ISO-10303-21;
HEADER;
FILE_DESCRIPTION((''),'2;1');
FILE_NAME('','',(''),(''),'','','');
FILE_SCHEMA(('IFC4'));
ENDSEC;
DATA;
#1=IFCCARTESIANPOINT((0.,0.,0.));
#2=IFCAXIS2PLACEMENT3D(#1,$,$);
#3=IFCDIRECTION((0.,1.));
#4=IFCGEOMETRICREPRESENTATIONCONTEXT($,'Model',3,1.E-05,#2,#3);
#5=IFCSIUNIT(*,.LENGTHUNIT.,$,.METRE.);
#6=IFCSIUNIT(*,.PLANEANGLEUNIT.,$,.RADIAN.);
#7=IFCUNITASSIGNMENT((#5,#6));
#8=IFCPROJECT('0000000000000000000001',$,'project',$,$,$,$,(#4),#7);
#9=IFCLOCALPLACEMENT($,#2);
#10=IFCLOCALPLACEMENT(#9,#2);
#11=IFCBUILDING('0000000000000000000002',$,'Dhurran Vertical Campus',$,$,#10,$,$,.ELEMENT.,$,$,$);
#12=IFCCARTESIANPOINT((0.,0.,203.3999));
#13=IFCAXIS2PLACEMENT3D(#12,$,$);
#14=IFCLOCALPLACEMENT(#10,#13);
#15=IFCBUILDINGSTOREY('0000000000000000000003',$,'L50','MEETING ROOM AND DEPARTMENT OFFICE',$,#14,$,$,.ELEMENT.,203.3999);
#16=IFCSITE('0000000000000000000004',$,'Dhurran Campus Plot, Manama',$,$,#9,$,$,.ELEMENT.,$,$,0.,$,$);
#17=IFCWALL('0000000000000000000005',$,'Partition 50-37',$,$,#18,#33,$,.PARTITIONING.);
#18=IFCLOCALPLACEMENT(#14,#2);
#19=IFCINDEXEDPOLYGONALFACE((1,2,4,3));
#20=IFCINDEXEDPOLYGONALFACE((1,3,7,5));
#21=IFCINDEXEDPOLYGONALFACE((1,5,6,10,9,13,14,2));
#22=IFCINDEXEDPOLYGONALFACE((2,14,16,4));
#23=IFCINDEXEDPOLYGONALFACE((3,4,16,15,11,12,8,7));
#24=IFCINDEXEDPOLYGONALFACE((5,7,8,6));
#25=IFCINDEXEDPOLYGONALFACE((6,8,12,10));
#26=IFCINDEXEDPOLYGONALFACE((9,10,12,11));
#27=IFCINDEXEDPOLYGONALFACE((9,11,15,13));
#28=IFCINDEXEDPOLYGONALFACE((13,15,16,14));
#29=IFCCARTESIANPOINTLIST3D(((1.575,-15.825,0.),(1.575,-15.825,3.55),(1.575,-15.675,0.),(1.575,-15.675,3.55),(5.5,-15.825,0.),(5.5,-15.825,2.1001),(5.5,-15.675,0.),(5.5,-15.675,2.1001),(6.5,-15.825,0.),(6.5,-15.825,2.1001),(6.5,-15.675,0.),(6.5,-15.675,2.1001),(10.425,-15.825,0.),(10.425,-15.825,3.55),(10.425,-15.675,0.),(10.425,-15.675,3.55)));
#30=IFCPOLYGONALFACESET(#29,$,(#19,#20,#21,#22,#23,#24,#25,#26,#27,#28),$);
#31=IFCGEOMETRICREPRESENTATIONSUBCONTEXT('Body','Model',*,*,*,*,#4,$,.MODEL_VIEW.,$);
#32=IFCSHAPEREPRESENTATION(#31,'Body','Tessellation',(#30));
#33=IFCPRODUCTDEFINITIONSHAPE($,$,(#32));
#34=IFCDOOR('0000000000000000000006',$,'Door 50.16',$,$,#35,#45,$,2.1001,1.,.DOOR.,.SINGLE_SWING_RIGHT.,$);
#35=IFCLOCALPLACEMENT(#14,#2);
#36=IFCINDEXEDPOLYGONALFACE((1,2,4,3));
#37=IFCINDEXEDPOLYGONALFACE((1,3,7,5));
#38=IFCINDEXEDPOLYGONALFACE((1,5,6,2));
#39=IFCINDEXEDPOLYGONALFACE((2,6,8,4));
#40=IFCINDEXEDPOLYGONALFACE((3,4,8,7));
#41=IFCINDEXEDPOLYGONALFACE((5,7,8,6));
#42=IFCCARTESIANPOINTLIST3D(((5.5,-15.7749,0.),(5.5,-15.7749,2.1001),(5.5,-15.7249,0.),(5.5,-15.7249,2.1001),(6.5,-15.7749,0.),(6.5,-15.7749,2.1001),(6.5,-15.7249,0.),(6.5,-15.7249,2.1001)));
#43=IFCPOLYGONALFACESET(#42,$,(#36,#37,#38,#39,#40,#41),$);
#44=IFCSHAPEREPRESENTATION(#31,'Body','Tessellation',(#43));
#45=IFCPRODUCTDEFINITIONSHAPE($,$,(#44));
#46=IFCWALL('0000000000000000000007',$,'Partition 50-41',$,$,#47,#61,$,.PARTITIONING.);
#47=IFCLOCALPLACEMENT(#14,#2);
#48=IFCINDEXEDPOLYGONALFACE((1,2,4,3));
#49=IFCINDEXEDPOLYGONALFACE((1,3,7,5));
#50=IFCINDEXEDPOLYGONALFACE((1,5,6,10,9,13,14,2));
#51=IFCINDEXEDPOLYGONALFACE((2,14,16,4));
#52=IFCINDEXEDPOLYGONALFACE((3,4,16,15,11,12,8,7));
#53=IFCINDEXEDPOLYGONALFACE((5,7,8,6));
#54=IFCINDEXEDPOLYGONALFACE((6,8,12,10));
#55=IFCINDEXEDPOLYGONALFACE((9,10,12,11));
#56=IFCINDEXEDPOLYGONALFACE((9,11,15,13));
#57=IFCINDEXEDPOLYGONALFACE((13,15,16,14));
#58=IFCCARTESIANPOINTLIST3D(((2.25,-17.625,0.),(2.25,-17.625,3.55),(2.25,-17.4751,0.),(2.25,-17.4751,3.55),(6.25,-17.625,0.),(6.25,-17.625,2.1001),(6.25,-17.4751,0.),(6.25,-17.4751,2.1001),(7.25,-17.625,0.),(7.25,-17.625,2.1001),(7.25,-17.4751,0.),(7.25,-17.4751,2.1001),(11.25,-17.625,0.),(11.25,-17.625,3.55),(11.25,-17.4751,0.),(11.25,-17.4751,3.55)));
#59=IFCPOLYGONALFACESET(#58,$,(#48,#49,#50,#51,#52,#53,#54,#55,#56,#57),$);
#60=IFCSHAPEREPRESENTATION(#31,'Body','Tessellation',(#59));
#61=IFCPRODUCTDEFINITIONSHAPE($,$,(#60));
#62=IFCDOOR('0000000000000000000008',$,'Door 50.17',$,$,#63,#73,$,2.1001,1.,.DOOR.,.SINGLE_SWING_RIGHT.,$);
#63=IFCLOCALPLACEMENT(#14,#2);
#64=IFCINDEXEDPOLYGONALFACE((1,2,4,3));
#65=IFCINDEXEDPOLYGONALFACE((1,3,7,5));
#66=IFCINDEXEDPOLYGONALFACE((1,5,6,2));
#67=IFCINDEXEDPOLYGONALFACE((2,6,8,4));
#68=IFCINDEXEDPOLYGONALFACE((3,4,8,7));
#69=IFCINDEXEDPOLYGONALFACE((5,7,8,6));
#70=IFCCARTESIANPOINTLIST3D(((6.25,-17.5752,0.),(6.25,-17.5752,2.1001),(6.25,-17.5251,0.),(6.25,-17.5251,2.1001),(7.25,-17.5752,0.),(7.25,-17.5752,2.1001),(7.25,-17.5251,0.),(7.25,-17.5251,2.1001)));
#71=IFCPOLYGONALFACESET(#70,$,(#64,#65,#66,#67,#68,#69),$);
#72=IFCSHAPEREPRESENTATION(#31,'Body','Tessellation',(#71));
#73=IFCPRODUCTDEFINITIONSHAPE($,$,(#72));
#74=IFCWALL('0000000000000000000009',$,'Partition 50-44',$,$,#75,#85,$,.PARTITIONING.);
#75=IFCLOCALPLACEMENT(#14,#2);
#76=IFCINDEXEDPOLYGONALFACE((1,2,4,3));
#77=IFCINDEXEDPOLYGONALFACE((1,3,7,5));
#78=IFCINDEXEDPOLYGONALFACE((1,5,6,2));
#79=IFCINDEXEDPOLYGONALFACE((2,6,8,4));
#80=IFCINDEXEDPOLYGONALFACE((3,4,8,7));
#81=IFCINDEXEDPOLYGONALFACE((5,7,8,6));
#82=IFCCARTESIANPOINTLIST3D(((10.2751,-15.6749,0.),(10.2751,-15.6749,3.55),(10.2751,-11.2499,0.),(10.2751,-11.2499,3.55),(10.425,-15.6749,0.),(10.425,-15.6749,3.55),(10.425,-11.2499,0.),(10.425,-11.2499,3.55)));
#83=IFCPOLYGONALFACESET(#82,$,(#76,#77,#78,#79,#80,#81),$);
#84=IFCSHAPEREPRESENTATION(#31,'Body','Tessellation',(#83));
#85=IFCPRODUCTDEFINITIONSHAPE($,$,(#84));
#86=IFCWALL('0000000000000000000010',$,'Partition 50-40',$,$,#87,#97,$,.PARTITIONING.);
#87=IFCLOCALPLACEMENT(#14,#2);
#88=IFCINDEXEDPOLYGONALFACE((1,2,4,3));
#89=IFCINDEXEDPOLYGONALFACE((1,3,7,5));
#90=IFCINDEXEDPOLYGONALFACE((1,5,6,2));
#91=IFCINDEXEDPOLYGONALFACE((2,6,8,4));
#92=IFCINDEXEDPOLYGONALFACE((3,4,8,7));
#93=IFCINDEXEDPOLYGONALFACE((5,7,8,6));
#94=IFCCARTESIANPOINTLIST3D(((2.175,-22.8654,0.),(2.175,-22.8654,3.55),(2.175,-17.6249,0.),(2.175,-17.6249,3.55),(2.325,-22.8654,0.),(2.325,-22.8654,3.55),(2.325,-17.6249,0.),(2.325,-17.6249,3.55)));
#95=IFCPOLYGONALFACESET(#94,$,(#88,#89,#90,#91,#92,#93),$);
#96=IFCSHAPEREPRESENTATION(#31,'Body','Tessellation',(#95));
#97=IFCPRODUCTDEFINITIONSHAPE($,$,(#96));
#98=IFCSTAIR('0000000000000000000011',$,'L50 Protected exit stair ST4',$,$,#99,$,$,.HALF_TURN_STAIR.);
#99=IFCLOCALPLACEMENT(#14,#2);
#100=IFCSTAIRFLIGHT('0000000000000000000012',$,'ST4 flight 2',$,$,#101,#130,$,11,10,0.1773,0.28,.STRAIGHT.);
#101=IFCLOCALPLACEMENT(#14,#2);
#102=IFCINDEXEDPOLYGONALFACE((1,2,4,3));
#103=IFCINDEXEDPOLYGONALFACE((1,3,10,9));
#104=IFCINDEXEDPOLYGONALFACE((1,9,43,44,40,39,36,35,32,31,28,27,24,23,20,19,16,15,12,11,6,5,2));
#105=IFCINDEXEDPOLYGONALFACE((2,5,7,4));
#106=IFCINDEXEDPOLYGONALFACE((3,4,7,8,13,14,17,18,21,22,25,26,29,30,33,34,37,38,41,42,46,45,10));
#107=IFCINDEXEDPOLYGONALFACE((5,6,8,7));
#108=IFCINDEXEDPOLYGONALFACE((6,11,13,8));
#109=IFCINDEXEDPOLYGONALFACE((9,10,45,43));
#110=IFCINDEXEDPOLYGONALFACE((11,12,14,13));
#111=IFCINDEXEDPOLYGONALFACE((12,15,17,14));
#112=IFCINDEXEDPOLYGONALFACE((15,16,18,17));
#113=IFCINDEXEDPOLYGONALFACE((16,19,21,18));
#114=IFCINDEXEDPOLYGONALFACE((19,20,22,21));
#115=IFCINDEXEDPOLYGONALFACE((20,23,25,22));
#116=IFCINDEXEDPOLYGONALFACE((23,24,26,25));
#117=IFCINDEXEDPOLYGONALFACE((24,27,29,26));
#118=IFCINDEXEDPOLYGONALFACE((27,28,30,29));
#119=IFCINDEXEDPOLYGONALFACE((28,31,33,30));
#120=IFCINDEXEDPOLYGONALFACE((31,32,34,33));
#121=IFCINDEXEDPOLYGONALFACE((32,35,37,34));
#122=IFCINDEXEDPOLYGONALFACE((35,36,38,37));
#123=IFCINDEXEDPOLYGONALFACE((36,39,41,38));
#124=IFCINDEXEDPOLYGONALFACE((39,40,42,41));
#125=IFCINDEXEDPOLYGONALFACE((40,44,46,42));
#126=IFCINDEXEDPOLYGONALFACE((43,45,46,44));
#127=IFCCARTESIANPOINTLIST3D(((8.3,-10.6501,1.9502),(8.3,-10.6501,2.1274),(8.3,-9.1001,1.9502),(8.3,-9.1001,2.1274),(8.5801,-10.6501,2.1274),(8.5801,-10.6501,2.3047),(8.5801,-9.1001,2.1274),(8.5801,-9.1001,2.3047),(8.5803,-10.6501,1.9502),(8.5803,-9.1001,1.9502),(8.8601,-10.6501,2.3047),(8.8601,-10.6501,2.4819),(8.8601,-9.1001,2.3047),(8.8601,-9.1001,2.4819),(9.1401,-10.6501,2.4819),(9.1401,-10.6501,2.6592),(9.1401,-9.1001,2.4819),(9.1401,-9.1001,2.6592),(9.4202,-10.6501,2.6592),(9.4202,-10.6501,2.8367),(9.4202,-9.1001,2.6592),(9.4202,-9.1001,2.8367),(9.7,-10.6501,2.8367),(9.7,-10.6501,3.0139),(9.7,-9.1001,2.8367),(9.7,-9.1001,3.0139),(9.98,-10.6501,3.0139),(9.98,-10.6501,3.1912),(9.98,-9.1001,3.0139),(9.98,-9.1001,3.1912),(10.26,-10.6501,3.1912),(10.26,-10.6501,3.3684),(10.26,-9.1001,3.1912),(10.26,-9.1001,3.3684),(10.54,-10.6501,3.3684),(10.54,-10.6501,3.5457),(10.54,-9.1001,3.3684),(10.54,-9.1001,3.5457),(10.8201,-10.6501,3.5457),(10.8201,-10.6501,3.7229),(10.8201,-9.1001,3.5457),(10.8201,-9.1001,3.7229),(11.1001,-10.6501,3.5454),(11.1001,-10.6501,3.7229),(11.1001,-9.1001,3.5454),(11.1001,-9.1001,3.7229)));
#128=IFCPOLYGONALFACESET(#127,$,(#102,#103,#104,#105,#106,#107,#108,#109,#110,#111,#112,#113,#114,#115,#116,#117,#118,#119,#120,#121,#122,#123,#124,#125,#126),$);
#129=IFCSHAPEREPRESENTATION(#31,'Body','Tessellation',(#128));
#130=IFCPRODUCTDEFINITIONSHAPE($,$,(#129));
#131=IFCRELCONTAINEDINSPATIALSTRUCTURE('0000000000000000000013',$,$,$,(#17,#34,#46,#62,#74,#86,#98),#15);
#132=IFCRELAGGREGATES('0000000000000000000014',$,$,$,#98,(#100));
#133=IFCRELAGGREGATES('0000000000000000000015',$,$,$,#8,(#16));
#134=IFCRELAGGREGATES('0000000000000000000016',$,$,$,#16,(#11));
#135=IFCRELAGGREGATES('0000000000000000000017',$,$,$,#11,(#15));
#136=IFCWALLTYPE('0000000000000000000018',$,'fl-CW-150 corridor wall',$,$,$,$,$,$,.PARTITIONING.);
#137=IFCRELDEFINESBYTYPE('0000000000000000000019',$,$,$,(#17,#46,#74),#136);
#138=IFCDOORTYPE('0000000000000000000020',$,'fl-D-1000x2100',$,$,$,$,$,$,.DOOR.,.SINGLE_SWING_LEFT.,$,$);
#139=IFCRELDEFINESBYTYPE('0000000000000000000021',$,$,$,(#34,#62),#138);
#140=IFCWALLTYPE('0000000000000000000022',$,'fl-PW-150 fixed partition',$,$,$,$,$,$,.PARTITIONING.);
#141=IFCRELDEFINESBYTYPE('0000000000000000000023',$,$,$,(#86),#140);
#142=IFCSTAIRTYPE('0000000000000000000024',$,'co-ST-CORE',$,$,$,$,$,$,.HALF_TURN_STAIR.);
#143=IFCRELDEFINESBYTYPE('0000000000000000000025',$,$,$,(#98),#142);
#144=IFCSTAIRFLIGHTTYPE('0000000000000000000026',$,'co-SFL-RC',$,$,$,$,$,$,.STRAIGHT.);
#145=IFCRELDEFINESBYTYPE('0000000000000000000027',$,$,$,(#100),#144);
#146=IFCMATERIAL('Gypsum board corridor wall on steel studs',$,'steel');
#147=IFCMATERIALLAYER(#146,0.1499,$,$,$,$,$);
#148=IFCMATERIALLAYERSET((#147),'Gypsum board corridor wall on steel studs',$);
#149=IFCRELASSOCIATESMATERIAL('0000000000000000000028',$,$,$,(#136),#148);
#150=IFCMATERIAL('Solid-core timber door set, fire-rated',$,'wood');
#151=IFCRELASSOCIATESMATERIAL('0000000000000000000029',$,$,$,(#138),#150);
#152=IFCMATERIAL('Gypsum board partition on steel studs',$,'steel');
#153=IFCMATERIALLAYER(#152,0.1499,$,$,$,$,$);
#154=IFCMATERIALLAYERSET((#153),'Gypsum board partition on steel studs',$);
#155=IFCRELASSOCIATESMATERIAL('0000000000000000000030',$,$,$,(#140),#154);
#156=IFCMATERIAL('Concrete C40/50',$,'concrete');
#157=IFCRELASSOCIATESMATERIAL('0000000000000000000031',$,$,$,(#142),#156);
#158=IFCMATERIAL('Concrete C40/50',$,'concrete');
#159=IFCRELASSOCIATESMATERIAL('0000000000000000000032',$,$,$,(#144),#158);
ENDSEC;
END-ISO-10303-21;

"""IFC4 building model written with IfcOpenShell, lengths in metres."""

from ifc_helpers import new_model, si_unit, direction, frame, frame_2d, origin, place, context, subcontext, project, spatial, polyline, rectangle, outline, extrude, material, layer, layer_set, type_object, element, fill, aggregate, save


model = new_model("IFC4")

# Units and contexts
model_context = context("Model", 3, precision=1e-05, world=origin(), true_north=direction((0.0, 1.0)))
body_context = subcontext(model_context, "Body", "Model", "MODEL_VIEW")
ifc_project = project(units=[si_unit("LENGTHUNIT", "METRE"), si_unit("PLANEANGLEUNIT", "RADIAN")], contexts=[model_context])

# Site, building, storey
site_placement = place(None, origin())
site = spatial("IfcSite", under=ifc_project, at=site_placement, Name="Dhurran Campus Plot, Manama", CompositionType="ELEMENT", RefElevation=0.0)
building_placement = place(site_placement, origin())
building = spatial("IfcBuilding", under=site, at=building_placement, Name="Dhurran Vertical Campus", CompositionType="ELEMENT")
storey_placement = place(building_placement, frame((0.0, 0.0, 203.3999)))
storey = spatial("IfcBuildingStorey", under=building, at=storey_placement, Name="L50", Description="MEETING ROOM AND DEPARTMENT OFFICE", CompositionType="ELEMENT", Elevation=203.3999)

# Shared definitions
ifc_material_1 = material(Name="Gypsum board corridor wall on steel studs", Category="steel")
ifc_layer_1 = layer(ifc_material_1, 0.1499)
ifc_layer_set_1 = layer_set([ifc_layer_1], Name="Gypsum board corridor wall on steel studs")
wall_type_1 = type_object("IfcWallType", Name="fl-CW-150 corridor wall", PredefinedType="PARTITIONING", material=ifc_layer_set_1)

# Walls, openings, doors
wall_1_placement = place(storey_placement, frame((10.425, -15.75, 0.0), z_axis=(0.0, 0.0, 1.0), x_axis=(-1.0, 0.0, 0.0)))
wall_1 = element("IfcWall", 1, at=wall_1_placement, inside=storey, type_object=wall_type_1, Name="Partition 50-37", PredefinedType="PARTITIONING", context=body_context, shape_type="SweptSolid", body=[
    extrude(rectangle(XDim=8.8501, YDim=0.1499, at=frame_2d((4.425, 0.0))), origin(), (0.0, 0.0, 1.0), 3.55),
])
opening_1_placement = place(wall_1_placement, frame((3.925, 0.0, 0.0)))
opening_1 = element("IfcOpeningElement", 2, at=opening_1_placement, cuts=wall_1, PredefinedType="OPENING", context=body_context, shape_type="SweptSolid", body=[
    extrude(rectangle(XDim=1.0, YDim=2.1001, at=frame_2d((0.5, 1.05))), frame((0.0, 0.085, 0.0), z_axis=(0.0, -1.0, 0.0), x_axis=(1.0, 0.0, 0.0)), (0.0, 0.0, 1.0), 0.1699),
])
ifc_material_2 = material(Name="Solid-core timber door set, fire-rated", Category="wood")
door_type_1 = type_object("IfcDoorType", Name="fl-D-1000x2100", OperationType="SINGLE_SWING_LEFT", PredefinedType="DOOR", material=ifc_material_2)
door_1_placement = place(opening_1_placement, origin())
door_1 = element("IfcDoor", 3, at=door_1_placement, inside=storey, type_object=door_type_1, Name="Door 50.16", OperationType="SINGLE_SWING_RIGHT", OverallHeight=2.1001, OverallWidth=1.0, PredefinedType="DOOR", context=body_context, shape_type="SweptSolid", body=[
    extrude(rectangle(XDim=1.0, YDim=2.1001, at=frame_2d((0.5, 1.05))), frame((0.0, 0.0249, 0.0), z_axis=(0.0, -1.0, 0.0), x_axis=(1.0, 0.0, 0.0)), (0.0, 0.0, 1.0), 0.05),
])
fill(opening_1, door_1)
wall_2_placement = place(storey_placement, frame((2.25, -17.55, 0.0), z_axis=(0.0, 0.0, 1.0), x_axis=(1.0, 0.0, 0.0)))
wall_2 = element("IfcWall", 4, at=wall_2_placement, inside=storey, type_object=wall_type_1, Name="Partition 50-41", PredefinedType="PARTITIONING", context=body_context, shape_type="SweptSolid", body=[
    extrude(rectangle(XDim=9.0, YDim=0.1499, at=frame_2d((4.5, 0.0))), origin(), (0.0, 0.0, 1.0), 3.55),
])
opening_2_placement = place(wall_2_placement, frame((4.0, 0.0, 0.0)))
opening_2 = element("IfcOpeningElement", 5, at=opening_2_placement, cuts=wall_2, PredefinedType="OPENING", context=body_context, shape_type="SweptSolid", body=[
    extrude(rectangle(XDim=1.0, YDim=2.1001, at=frame_2d((0.5, 1.05))), frame((0.0, 0.085, 0.0), z_axis=(0.0, -1.0, 0.0), x_axis=(1.0, 0.0, 0.0)), (0.0, 0.0, 1.0), 0.1699),
])
door_2_placement = place(opening_2_placement, origin())
door_2 = element("IfcDoor", 6, at=door_2_placement, inside=storey, type_object=door_type_1, Name="Door 50.17", OperationType="SINGLE_SWING_RIGHT", OverallHeight=2.1001, OverallWidth=1.0, PredefinedType="DOOR", context=body_context, shape_type="SweptSolid", body=[
    extrude(rectangle(XDim=1.0, YDim=2.1001, at=frame_2d((0.5, 1.05))), frame((0.0, 0.0249, 0.0), z_axis=(0.0, -1.0, 0.0), x_axis=(1.0, 0.0, 0.0)), (0.0, 0.0, 1.0), 0.05),
])
fill(opening_2, door_2)

# Walls
wall_3_placement = place(storey_placement, frame((10.3501, -11.25, 0.0), z_axis=(0.0, 0.0, 1.0), x_axis=(0.0, -1.0, 0.0)))
element("IfcWall", 7, at=wall_3_placement, inside=storey, type_object=wall_type_1, Name="Partition 50-44", PredefinedType="PARTITIONING", context=body_context, shape_type="SweptSolid", body=[
    extrude(rectangle(XDim=4.425, YDim=0.1499, at=frame_2d((2.2124, 0.0))), origin(), (0.0, 0.0, 1.0), 3.55),
])
ifc_material_3 = material(Name="Gypsum board partition on steel studs", Category="steel")
ifc_layer_2 = layer(ifc_material_3, 0.1499)
ifc_layer_set_2 = layer_set([ifc_layer_2], Name="Gypsum board partition on steel studs")
wall_type_2 = type_object("IfcWallType", Name="fl-PW-150 fixed partition", PredefinedType="PARTITIONING", material=ifc_layer_set_2)
wall_4_placement = place(storey_placement, frame((2.25, -17.625, 0.0), z_axis=(0.0, 0.0, 1.0), x_axis=(0.0, -1.0, 0.0)))
element("IfcWall", 8, at=wall_4_placement, inside=storey, type_object=wall_type_2, Name="Partition 50-40", PredefinedType="PARTITIONING", context=body_context, shape_type="SweptSolid", body=[
    extrude(rectangle(XDim=5.2405, YDim=0.1499, at=frame_2d((2.6201, 0.0))), origin(), (0.0, 0.0, 1.0), 3.55),
])

# Stair, stair flight
ifc_material_4 = material(Name="Concrete C40/50", Category="concrete")
stair_type = type_object("IfcStairType", Name="co-ST-CORE", PredefinedType="HALF_TURN_STAIR", material=ifc_material_4)
stair_placement = place(storey_placement, origin())
stair = element("IfcStair", 9, at=stair_placement, inside=storey, type_object=stair_type, Name="L50 Protected exit stair ST4", PredefinedType="HALF_TURN_STAIR")
ifc_material_5 = material(Name="Concrete C40/50", Category="concrete")
stair_flight_type = type_object("IfcStairFlightType", Name="co-SFL-RC", PredefinedType="STRAIGHT", material=ifc_material_5)
stair_flight_placement = place(storey_placement, frame((8.3, -9.875, 1.9502), z_axis=(0.0, 0.0, 1.0), x_axis=(1.0, 0.0, 0.0)))
stair_flight = element("IfcStairFlight", 10, at=stair_flight_placement, type_object=stair_flight_type, Name="ST4 flight 2", NumberOfRisers=11, NumberOfTreads=10, PredefinedType="STRAIGHT", RiserHeight=0.1773, TreadLength=0.28, context=body_context, shape_type="SweptSolid", body=[
    extrude(outline(polyline([(0.0, 0.0), (0.0, 0.1772), (0.28, 0.1772), (0.28, 0.3545), (0.5601, 0.3545), (0.5601, 0.5317), (0.8401, 0.5317), (0.8401, 0.709), (1.1201, 0.709), (1.1201, 0.8865), (1.3999, 0.8865), (1.3999, 1.0637), (1.6799, 1.0637), (1.6799, 1.241), (1.96, 1.241), (1.96, 1.4182), (2.24, 1.4182), (2.24, 1.5955), (2.52, 1.5955), (2.52, 1.7727), (2.8, 1.7727), (2.8, 1.95), (2.8, 1.5952), (0.2803, 0.0), (0.0, 0.0)])), frame((0.0, 0.7749, 0.0), z_axis=(0.0, -1.0, 0.0), x_axis=(1.0, 0.0, 0.0)), (0.0, 0.0, 1.0), 1.55),
])
aggregate(stair, [stair_flight])

save(model, "model.ifc")
